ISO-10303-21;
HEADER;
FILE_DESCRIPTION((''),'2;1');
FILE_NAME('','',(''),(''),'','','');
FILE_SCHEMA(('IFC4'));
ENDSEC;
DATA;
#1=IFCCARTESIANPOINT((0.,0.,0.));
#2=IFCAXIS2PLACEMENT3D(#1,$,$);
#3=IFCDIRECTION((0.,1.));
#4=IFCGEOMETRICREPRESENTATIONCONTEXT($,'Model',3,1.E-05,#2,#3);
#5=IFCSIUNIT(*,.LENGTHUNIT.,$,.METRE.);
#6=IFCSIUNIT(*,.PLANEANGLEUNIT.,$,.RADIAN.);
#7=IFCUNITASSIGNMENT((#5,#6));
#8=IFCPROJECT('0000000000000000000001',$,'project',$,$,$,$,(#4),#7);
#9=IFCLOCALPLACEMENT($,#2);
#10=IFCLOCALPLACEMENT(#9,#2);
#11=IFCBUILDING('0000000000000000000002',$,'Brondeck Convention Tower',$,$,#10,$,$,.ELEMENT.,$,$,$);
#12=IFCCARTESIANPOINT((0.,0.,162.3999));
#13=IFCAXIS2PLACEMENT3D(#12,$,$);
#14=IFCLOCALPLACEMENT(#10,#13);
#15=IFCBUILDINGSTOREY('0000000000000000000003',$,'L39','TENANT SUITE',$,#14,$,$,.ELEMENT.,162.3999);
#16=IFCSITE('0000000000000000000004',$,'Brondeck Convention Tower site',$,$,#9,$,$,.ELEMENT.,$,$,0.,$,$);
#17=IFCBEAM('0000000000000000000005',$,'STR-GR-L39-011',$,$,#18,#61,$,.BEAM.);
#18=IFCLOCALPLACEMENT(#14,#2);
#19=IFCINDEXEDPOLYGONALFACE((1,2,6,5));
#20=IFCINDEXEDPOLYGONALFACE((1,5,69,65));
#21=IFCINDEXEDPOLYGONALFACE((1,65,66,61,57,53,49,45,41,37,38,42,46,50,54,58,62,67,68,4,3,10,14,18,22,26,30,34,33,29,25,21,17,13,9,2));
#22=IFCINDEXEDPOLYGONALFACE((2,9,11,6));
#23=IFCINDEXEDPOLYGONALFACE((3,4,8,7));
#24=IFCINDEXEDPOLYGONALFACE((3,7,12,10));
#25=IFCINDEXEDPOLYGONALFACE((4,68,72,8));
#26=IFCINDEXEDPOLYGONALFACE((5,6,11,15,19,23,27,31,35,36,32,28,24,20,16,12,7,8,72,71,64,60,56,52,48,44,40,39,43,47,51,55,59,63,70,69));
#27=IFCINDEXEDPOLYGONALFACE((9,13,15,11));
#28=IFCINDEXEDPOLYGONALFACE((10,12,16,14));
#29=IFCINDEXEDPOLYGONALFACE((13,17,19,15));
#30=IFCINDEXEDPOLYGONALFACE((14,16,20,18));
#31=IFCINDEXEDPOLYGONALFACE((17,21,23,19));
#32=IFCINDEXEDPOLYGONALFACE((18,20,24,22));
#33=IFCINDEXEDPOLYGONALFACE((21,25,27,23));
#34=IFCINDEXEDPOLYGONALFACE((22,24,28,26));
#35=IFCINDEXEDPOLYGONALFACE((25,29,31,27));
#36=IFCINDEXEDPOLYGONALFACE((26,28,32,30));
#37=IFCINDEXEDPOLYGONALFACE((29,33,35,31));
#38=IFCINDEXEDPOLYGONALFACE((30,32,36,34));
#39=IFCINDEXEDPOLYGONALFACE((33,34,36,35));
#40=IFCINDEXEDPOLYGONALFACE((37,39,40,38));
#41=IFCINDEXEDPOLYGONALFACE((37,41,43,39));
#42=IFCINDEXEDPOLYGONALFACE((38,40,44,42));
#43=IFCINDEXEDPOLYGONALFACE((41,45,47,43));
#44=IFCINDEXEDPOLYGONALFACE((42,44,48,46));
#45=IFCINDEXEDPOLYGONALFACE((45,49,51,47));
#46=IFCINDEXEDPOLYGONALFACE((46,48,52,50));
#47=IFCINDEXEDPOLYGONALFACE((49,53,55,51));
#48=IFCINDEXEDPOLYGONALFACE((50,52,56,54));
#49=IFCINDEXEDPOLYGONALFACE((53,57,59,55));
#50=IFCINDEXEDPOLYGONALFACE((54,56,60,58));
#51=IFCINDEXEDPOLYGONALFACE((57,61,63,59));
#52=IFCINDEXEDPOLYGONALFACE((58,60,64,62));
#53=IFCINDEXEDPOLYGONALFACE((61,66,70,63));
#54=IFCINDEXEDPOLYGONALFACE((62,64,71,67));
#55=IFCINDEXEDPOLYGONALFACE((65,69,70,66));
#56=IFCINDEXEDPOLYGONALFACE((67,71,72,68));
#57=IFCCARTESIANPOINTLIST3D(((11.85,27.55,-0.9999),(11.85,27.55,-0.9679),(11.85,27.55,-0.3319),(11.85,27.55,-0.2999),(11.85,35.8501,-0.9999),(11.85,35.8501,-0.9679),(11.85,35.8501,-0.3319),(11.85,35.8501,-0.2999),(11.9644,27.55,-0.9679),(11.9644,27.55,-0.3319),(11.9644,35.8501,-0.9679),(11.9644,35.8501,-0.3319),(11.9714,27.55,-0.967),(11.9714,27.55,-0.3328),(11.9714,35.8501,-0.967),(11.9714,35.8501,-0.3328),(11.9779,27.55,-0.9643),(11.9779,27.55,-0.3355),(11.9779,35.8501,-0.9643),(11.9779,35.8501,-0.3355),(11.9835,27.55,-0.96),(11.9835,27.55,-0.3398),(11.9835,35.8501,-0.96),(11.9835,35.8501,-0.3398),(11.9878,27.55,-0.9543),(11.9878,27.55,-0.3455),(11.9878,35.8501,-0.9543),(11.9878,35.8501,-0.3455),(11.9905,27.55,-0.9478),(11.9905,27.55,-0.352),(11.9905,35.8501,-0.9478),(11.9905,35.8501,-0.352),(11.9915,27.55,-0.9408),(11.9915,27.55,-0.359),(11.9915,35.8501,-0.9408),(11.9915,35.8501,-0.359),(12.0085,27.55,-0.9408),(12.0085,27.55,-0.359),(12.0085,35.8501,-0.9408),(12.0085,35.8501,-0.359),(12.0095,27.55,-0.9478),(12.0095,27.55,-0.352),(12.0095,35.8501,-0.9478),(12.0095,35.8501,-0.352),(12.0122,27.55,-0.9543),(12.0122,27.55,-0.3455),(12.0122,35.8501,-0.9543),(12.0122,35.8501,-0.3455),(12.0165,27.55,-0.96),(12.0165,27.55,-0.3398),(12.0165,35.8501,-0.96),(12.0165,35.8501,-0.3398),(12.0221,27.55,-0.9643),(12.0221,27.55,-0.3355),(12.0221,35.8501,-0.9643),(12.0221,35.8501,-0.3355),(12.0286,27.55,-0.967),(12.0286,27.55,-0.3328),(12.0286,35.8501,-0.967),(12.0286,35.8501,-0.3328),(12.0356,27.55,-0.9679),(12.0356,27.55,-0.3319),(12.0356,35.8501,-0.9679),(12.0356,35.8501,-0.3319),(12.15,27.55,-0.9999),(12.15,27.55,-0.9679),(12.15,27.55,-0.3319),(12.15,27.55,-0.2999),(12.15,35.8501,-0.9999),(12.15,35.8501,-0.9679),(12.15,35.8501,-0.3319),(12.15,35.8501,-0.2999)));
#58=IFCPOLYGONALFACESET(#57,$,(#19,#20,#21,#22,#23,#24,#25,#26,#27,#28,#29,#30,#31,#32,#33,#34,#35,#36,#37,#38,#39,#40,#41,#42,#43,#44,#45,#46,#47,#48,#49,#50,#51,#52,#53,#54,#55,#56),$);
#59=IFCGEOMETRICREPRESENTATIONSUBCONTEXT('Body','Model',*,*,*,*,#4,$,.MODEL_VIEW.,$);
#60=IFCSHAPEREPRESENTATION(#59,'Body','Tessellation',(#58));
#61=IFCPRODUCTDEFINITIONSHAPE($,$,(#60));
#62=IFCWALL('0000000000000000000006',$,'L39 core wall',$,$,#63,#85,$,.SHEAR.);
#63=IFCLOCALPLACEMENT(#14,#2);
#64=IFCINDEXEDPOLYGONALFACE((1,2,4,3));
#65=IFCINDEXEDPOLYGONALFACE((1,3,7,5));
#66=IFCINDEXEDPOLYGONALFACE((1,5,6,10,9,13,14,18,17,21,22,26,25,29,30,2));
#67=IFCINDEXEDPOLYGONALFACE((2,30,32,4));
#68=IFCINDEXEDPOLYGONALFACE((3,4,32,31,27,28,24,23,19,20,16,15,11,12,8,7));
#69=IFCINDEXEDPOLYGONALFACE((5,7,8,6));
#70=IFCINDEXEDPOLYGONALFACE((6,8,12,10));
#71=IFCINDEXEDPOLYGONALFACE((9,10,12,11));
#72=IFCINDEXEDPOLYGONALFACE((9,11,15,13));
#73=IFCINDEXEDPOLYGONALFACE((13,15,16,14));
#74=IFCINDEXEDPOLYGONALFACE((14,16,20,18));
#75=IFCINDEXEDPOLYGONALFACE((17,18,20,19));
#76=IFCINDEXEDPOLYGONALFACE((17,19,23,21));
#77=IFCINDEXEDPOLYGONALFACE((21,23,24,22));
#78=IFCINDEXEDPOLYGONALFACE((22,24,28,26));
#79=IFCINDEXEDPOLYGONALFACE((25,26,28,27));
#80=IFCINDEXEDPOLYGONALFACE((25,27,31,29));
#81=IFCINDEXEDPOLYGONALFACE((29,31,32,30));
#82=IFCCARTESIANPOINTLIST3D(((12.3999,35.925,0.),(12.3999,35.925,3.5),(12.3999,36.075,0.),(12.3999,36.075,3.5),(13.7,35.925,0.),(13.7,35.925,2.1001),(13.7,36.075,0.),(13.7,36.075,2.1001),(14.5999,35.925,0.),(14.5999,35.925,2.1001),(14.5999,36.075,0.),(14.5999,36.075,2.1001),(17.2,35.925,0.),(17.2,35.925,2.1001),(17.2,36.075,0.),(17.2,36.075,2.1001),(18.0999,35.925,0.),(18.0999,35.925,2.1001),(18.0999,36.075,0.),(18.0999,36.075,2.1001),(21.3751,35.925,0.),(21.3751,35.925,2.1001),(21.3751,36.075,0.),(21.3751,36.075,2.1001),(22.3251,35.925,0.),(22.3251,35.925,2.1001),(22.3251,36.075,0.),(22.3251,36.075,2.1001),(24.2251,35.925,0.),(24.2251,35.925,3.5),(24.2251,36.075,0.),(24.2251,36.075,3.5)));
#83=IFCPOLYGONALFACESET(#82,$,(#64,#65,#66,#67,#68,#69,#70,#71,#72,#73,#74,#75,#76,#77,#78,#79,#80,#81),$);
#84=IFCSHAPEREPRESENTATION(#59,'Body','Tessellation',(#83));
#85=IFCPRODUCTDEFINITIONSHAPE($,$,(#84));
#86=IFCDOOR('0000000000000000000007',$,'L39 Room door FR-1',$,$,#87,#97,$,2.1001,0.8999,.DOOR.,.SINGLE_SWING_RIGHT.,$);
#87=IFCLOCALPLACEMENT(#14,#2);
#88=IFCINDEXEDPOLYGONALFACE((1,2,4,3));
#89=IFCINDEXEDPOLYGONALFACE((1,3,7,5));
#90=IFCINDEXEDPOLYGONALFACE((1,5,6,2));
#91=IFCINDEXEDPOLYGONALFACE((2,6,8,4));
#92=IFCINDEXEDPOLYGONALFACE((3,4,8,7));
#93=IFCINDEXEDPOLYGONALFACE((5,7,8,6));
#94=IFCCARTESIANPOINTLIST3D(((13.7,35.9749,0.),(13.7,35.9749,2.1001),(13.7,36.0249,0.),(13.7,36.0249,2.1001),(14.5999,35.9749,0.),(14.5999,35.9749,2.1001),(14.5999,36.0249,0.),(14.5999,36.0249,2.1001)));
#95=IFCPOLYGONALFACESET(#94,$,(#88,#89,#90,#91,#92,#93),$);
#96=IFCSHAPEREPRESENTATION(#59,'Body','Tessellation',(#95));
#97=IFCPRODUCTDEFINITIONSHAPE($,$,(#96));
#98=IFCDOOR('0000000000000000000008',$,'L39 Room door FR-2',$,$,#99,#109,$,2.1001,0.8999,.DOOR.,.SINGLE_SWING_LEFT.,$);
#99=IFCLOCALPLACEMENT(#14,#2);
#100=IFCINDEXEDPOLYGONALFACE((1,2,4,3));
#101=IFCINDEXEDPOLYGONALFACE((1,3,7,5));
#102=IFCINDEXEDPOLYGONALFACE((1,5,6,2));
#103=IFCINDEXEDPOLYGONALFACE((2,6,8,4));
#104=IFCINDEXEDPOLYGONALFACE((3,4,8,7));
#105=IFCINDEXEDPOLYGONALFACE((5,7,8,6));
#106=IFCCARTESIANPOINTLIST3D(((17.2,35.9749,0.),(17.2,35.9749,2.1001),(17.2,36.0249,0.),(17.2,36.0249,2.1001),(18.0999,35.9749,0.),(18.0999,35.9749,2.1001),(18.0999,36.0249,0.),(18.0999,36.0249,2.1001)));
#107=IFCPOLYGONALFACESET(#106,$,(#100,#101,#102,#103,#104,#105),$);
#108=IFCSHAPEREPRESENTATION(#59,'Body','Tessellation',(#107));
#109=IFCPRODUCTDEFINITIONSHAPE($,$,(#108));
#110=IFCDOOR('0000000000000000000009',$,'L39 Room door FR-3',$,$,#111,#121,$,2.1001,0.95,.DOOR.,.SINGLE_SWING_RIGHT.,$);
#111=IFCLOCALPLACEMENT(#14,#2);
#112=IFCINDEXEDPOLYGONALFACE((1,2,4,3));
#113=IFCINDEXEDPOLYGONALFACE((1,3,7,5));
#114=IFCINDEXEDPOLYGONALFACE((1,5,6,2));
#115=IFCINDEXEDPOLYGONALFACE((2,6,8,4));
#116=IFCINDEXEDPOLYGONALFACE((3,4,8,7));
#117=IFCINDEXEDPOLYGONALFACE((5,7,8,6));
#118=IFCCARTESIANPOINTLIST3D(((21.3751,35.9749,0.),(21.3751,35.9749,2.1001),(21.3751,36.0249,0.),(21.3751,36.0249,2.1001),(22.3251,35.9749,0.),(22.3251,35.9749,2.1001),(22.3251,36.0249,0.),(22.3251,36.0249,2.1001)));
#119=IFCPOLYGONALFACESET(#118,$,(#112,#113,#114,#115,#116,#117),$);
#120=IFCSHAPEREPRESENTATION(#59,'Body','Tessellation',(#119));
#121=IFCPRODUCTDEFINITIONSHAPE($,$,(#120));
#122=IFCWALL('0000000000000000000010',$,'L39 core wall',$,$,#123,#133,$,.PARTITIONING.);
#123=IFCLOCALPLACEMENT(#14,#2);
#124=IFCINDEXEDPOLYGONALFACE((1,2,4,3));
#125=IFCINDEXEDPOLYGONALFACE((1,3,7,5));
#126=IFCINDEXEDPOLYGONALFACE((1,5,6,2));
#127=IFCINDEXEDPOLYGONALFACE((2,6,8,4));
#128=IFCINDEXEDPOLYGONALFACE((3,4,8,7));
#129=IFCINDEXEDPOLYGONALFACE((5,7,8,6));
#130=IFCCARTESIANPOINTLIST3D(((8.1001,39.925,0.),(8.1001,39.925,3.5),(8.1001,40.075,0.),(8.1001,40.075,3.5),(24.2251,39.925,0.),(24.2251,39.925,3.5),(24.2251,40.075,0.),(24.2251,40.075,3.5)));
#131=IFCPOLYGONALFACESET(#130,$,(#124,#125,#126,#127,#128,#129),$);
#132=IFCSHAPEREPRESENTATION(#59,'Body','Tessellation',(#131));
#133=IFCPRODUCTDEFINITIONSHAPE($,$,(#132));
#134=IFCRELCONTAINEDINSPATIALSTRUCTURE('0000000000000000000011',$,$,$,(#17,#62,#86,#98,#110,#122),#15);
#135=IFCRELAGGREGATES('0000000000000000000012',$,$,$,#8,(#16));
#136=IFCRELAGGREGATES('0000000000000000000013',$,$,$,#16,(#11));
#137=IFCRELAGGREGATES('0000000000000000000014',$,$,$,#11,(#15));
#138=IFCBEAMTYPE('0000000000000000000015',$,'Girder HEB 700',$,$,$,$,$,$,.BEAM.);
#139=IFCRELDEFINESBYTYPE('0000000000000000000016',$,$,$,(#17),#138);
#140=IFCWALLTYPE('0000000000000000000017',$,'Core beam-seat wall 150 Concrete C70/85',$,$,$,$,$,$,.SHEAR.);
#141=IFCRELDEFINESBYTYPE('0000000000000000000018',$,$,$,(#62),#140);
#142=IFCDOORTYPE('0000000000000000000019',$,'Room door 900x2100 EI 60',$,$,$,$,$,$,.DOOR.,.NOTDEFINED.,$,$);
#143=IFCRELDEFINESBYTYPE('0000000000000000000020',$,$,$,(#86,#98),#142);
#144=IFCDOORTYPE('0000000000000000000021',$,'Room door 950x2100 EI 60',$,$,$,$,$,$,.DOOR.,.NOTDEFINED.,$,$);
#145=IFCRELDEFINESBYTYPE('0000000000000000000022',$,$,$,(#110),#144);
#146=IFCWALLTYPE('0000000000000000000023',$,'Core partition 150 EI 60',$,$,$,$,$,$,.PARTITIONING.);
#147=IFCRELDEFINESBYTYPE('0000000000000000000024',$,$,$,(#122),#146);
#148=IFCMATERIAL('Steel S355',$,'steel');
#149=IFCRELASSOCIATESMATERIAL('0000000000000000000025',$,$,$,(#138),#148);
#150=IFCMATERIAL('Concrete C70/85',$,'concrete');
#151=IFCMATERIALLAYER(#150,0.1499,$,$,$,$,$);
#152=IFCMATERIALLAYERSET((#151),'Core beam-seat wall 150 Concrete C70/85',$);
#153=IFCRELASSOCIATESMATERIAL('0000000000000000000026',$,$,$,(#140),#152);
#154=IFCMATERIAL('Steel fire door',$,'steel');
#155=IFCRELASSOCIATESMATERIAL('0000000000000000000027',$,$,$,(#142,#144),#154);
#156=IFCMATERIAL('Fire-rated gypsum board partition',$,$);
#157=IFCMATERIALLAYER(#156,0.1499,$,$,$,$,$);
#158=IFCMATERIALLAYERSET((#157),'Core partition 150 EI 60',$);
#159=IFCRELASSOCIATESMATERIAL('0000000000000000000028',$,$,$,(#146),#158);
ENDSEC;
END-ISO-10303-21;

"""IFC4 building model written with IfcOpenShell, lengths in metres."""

from ifc_helpers import new_model, si_unit, direction, frame, frame_2d, origin, origin_2d, place, context, subcontext, project, spatial, rectangle, i_section, extrude, material, layer, layer_set, material_profile, profile_set, type_object, element, fill, save


model = new_model("IFC4")

# Units and contexts
model_context = context("Model", 3, precision=1e-05, world=origin(), true_north=direction((0.0, 1.0)))
body_context = subcontext(model_context, "Body", "Model", "MODEL_VIEW")
ifc_project = project(units=[si_unit("LENGTHUNIT", "METRE"), si_unit("PLANEANGLEUNIT", "RADIAN")], contexts=[model_context])

# Site, building, storey
site_placement = place(None, origin())
site = spatial("IfcSite", under=ifc_project, at=site_placement, Name="Brondeck Convention Tower site", CompositionType="ELEMENT", RefElevation=0.0)
building_placement = place(site_placement, origin())
building = spatial("IfcBuilding", under=site, at=building_placement, Name="Brondeck Convention Tower", CompositionType="ELEMENT")
storey_placement = place(building_placement, frame((0.0, 0.0, 162.3999)))
storey = spatial("IfcBuildingStorey", under=building, at=storey_placement, Name="L39", Description="TENANT SUITE", CompositionType="ELEMENT", Elevation=162.3999)

# Beam
ifc_material_1 = material(Name="Steel S355", Category="steel")
ifc_material_profile = material_profile(ifc_material_1, i_section(OverallWidth=0.3, OverallDepth=0.7, WebThickness=0.0171, FlangeThickness=0.032, FilletRadius=0.0271, at=origin_2d()), Name="HEB 700")
ifc_profile_set = profile_set([ifc_material_profile], Name="Steel S355")
beam_type = type_object("IfcBeamType", Name="Girder HEB 700", PredefinedType="BEAM", material=ifc_profile_set)
beam_placement = place(storey_placement, frame((12.0, 35.8501, -0.6499), z_axis=(0.0, -1.0, 0.0), x_axis=(1.0, 0.0, 0.0)))
element("IfcBeam", 1, at=beam_placement, inside=storey, type_object=beam_type, Name="STR-GR-L39-011", PredefinedType="BEAM", context=body_context, shape_type="SweptSolid", body=[
    extrude(i_section(OverallWidth=0.3, OverallDepth=0.7, WebThickness=0.0171, FlangeThickness=0.032, FilletRadius=0.0271, at=origin_2d()), origin(), (0.0, 0.0, 1.0), 8.3),
])

# Wall, openings, doors
ifc_material_2 = material(Name="Concrete C70/85", Category="concrete")
ifc_layer_1 = layer(ifc_material_2, 0.1499)
ifc_layer_set_1 = layer_set([ifc_layer_1], Name="Core beam-seat wall 150 Concrete C70/85")
wall_type_1 = type_object("IfcWallType", Name="Core beam-seat wall 150 Concrete C70/85", PredefinedType="SHEAR", material=ifc_layer_set_1)
wall_1_placement = place(storey_placement, frame((12.3999, 36.0, 0.0), z_axis=(0.0, 0.0, 1.0), x_axis=(1.0, 0.0, 0.0)))
wall_1 = element("IfcWall", 2, at=wall_1_placement, inside=storey, type_object=wall_type_1, Name="L39 core wall", PredefinedType="SHEAR", context=body_context, shape_type="SweptSolid", body=[
    extrude(rectangle(XDim=11.8252, YDim=0.1499, at=frame_2d((5.9126, 0.0))), origin(), (0.0, 0.0, 1.0), 3.5),
])
opening_1_placement = place(wall_1_placement, frame((1.3, 0.0, 0.0)))
opening_1 = element("IfcOpeningElement", 3, at=opening_1_placement, cuts=wall_1, PredefinedType="OPENING", context=body_context, shape_type="SweptSolid", body=[
    extrude(rectangle(XDim=0.8999, YDim=2.1001, at=frame_2d((0.45, 1.05))), frame((0.0, 0.085, 0.0), z_axis=(0.0, -1.0, 0.0), x_axis=(1.0, 0.0, 0.0)), (0.0, 0.0, 1.0), 0.1699),
])
opening_2_placement = place(wall_1_placement, frame((4.8, 0.0, 0.0)))
opening_2 = element("IfcOpeningElement", 4, at=opening_2_placement, cuts=wall_1, PredefinedType="OPENING", context=body_context, shape_type="SweptSolid", body=[
    extrude(rectangle(XDim=0.8999, YDim=2.1001, at=frame_2d((0.45, 1.05))), frame((0.0, 0.085, 0.0), z_axis=(0.0, -1.0, 0.0), x_axis=(1.0, 0.0, 0.0)), (0.0, 0.0, 1.0), 0.1699),
])
opening_3_placement = place(wall_1_placement, frame((8.9751, 0.0, 0.0)))
opening_3 = element("IfcOpeningElement", 5, at=opening_3_placement, cuts=wall_1, PredefinedType="OPENING", context=body_context, shape_type="SweptSolid", body=[
    extrude(rectangle(XDim=0.95, YDim=2.1001, at=frame_2d((0.4751, 1.05))), frame((0.0, 0.085, 0.0), z_axis=(0.0, -1.0, 0.0), x_axis=(1.0, 0.0, 0.0)), (0.0, 0.0, 1.0), 0.1699),
])
ifc_material_3 = material(Name="Steel fire door", Category="steel")
door_type_1 = type_object("IfcDoorType", Name="Room door 900x2100 EI 60", OperationType="NOTDEFINED", PredefinedType="DOOR", material=ifc_material_3)
door_1_placement = place(opening_1_placement, origin())
door_1 = element("IfcDoor", 6, at=door_1_placement, inside=storey, type_object=door_type_1, Name="L39 Room door FR-1", OperationType="SINGLE_SWING_RIGHT", OverallHeight=2.1001, OverallWidth=0.8999, PredefinedType="DOOR", context=body_context, shape_type="SweptSolid", body=[
    extrude(rectangle(XDim=0.8999, YDim=2.1001, at=frame_2d((0.45, 1.05))), frame((0.0, 0.0249, 0.0), z_axis=(0.0, -1.0, 0.0), x_axis=(1.0, 0.0, 0.0)), (0.0, 0.0, 1.0), 0.05),
])
fill(opening_1, door_1)
door_2_placement = place(opening_2_placement, origin())
door_2 = element("IfcDoor", 7, at=door_2_placement, inside=storey, type_object=door_type_1, Name="L39 Room door FR-2", OperationType="SINGLE_SWING_LEFT", OverallHeight=2.1001, OverallWidth=0.8999, PredefinedType="DOOR", context=body_context, shape_type="SweptSolid", body=[
    extrude(rectangle(XDim=0.8999, YDim=2.1001, at=frame_2d((0.45, 1.05))), frame((0.0, 0.0249, 0.0), z_axis=(0.0, -1.0, 0.0), x_axis=(1.0, 0.0, 0.0)), (0.0, 0.0, 1.0), 0.05),
])
fill(opening_2, door_2)
door_type_2 = type_object("IfcDoorType", Name="Room door 950x2100 EI 60", OperationType="NOTDEFINED", PredefinedType="DOOR", material=ifc_material_3)
door_3_placement = place(opening_3_placement, origin())
door_3 = element("IfcDoor", 8, at=door_3_placement, inside=storey, type_object=door_type_2, Name="L39 Room door FR-3", OperationType="SINGLE_SWING_RIGHT", OverallHeight=2.1001, OverallWidth=0.95, PredefinedType="DOOR", context=body_context, shape_type="SweptSolid", body=[
    extrude(rectangle(XDim=0.95, YDim=2.1001, at=frame_2d((0.4751, 1.05))), frame((0.0, 0.0249, 0.0), z_axis=(0.0, -1.0, 0.0), x_axis=(1.0, 0.0, 0.0)), (0.0, 0.0, 1.0), 0.05),
])
fill(opening_3, door_3)

# Wall
ifc_material_4 = material(Name="Fire-rated gypsum board partition")
ifc_layer_2 = layer(ifc_material_4, 0.1499)
ifc_layer_set_2 = layer_set([ifc_layer_2], Name="Core partition 150 EI 60")
wall_type_2 = type_object("IfcWallType", Name="Core partition 150 EI 60", PredefinedType="PARTITIONING", material=ifc_layer_set_2)
wall_2_placement = place(storey_placement, frame((8.1001, 40.0, 0.0), z_axis=(0.0, 0.0, 1.0), x_axis=(1.0, 0.0, 0.0)))
element("IfcWall", 9, at=wall_2_placement, inside=storey, type_object=wall_type_2, Name="L39 core wall", PredefinedType="PARTITIONING", context=body_context, shape_type="SweptSolid", body=[
    extrude(rectangle(XDim=16.125, YDim=0.1499, at=frame_2d((8.0625, 0.0))), origin(), (0.0, 0.0, 1.0), 3.5),
])

save(model, "model.ifc")
